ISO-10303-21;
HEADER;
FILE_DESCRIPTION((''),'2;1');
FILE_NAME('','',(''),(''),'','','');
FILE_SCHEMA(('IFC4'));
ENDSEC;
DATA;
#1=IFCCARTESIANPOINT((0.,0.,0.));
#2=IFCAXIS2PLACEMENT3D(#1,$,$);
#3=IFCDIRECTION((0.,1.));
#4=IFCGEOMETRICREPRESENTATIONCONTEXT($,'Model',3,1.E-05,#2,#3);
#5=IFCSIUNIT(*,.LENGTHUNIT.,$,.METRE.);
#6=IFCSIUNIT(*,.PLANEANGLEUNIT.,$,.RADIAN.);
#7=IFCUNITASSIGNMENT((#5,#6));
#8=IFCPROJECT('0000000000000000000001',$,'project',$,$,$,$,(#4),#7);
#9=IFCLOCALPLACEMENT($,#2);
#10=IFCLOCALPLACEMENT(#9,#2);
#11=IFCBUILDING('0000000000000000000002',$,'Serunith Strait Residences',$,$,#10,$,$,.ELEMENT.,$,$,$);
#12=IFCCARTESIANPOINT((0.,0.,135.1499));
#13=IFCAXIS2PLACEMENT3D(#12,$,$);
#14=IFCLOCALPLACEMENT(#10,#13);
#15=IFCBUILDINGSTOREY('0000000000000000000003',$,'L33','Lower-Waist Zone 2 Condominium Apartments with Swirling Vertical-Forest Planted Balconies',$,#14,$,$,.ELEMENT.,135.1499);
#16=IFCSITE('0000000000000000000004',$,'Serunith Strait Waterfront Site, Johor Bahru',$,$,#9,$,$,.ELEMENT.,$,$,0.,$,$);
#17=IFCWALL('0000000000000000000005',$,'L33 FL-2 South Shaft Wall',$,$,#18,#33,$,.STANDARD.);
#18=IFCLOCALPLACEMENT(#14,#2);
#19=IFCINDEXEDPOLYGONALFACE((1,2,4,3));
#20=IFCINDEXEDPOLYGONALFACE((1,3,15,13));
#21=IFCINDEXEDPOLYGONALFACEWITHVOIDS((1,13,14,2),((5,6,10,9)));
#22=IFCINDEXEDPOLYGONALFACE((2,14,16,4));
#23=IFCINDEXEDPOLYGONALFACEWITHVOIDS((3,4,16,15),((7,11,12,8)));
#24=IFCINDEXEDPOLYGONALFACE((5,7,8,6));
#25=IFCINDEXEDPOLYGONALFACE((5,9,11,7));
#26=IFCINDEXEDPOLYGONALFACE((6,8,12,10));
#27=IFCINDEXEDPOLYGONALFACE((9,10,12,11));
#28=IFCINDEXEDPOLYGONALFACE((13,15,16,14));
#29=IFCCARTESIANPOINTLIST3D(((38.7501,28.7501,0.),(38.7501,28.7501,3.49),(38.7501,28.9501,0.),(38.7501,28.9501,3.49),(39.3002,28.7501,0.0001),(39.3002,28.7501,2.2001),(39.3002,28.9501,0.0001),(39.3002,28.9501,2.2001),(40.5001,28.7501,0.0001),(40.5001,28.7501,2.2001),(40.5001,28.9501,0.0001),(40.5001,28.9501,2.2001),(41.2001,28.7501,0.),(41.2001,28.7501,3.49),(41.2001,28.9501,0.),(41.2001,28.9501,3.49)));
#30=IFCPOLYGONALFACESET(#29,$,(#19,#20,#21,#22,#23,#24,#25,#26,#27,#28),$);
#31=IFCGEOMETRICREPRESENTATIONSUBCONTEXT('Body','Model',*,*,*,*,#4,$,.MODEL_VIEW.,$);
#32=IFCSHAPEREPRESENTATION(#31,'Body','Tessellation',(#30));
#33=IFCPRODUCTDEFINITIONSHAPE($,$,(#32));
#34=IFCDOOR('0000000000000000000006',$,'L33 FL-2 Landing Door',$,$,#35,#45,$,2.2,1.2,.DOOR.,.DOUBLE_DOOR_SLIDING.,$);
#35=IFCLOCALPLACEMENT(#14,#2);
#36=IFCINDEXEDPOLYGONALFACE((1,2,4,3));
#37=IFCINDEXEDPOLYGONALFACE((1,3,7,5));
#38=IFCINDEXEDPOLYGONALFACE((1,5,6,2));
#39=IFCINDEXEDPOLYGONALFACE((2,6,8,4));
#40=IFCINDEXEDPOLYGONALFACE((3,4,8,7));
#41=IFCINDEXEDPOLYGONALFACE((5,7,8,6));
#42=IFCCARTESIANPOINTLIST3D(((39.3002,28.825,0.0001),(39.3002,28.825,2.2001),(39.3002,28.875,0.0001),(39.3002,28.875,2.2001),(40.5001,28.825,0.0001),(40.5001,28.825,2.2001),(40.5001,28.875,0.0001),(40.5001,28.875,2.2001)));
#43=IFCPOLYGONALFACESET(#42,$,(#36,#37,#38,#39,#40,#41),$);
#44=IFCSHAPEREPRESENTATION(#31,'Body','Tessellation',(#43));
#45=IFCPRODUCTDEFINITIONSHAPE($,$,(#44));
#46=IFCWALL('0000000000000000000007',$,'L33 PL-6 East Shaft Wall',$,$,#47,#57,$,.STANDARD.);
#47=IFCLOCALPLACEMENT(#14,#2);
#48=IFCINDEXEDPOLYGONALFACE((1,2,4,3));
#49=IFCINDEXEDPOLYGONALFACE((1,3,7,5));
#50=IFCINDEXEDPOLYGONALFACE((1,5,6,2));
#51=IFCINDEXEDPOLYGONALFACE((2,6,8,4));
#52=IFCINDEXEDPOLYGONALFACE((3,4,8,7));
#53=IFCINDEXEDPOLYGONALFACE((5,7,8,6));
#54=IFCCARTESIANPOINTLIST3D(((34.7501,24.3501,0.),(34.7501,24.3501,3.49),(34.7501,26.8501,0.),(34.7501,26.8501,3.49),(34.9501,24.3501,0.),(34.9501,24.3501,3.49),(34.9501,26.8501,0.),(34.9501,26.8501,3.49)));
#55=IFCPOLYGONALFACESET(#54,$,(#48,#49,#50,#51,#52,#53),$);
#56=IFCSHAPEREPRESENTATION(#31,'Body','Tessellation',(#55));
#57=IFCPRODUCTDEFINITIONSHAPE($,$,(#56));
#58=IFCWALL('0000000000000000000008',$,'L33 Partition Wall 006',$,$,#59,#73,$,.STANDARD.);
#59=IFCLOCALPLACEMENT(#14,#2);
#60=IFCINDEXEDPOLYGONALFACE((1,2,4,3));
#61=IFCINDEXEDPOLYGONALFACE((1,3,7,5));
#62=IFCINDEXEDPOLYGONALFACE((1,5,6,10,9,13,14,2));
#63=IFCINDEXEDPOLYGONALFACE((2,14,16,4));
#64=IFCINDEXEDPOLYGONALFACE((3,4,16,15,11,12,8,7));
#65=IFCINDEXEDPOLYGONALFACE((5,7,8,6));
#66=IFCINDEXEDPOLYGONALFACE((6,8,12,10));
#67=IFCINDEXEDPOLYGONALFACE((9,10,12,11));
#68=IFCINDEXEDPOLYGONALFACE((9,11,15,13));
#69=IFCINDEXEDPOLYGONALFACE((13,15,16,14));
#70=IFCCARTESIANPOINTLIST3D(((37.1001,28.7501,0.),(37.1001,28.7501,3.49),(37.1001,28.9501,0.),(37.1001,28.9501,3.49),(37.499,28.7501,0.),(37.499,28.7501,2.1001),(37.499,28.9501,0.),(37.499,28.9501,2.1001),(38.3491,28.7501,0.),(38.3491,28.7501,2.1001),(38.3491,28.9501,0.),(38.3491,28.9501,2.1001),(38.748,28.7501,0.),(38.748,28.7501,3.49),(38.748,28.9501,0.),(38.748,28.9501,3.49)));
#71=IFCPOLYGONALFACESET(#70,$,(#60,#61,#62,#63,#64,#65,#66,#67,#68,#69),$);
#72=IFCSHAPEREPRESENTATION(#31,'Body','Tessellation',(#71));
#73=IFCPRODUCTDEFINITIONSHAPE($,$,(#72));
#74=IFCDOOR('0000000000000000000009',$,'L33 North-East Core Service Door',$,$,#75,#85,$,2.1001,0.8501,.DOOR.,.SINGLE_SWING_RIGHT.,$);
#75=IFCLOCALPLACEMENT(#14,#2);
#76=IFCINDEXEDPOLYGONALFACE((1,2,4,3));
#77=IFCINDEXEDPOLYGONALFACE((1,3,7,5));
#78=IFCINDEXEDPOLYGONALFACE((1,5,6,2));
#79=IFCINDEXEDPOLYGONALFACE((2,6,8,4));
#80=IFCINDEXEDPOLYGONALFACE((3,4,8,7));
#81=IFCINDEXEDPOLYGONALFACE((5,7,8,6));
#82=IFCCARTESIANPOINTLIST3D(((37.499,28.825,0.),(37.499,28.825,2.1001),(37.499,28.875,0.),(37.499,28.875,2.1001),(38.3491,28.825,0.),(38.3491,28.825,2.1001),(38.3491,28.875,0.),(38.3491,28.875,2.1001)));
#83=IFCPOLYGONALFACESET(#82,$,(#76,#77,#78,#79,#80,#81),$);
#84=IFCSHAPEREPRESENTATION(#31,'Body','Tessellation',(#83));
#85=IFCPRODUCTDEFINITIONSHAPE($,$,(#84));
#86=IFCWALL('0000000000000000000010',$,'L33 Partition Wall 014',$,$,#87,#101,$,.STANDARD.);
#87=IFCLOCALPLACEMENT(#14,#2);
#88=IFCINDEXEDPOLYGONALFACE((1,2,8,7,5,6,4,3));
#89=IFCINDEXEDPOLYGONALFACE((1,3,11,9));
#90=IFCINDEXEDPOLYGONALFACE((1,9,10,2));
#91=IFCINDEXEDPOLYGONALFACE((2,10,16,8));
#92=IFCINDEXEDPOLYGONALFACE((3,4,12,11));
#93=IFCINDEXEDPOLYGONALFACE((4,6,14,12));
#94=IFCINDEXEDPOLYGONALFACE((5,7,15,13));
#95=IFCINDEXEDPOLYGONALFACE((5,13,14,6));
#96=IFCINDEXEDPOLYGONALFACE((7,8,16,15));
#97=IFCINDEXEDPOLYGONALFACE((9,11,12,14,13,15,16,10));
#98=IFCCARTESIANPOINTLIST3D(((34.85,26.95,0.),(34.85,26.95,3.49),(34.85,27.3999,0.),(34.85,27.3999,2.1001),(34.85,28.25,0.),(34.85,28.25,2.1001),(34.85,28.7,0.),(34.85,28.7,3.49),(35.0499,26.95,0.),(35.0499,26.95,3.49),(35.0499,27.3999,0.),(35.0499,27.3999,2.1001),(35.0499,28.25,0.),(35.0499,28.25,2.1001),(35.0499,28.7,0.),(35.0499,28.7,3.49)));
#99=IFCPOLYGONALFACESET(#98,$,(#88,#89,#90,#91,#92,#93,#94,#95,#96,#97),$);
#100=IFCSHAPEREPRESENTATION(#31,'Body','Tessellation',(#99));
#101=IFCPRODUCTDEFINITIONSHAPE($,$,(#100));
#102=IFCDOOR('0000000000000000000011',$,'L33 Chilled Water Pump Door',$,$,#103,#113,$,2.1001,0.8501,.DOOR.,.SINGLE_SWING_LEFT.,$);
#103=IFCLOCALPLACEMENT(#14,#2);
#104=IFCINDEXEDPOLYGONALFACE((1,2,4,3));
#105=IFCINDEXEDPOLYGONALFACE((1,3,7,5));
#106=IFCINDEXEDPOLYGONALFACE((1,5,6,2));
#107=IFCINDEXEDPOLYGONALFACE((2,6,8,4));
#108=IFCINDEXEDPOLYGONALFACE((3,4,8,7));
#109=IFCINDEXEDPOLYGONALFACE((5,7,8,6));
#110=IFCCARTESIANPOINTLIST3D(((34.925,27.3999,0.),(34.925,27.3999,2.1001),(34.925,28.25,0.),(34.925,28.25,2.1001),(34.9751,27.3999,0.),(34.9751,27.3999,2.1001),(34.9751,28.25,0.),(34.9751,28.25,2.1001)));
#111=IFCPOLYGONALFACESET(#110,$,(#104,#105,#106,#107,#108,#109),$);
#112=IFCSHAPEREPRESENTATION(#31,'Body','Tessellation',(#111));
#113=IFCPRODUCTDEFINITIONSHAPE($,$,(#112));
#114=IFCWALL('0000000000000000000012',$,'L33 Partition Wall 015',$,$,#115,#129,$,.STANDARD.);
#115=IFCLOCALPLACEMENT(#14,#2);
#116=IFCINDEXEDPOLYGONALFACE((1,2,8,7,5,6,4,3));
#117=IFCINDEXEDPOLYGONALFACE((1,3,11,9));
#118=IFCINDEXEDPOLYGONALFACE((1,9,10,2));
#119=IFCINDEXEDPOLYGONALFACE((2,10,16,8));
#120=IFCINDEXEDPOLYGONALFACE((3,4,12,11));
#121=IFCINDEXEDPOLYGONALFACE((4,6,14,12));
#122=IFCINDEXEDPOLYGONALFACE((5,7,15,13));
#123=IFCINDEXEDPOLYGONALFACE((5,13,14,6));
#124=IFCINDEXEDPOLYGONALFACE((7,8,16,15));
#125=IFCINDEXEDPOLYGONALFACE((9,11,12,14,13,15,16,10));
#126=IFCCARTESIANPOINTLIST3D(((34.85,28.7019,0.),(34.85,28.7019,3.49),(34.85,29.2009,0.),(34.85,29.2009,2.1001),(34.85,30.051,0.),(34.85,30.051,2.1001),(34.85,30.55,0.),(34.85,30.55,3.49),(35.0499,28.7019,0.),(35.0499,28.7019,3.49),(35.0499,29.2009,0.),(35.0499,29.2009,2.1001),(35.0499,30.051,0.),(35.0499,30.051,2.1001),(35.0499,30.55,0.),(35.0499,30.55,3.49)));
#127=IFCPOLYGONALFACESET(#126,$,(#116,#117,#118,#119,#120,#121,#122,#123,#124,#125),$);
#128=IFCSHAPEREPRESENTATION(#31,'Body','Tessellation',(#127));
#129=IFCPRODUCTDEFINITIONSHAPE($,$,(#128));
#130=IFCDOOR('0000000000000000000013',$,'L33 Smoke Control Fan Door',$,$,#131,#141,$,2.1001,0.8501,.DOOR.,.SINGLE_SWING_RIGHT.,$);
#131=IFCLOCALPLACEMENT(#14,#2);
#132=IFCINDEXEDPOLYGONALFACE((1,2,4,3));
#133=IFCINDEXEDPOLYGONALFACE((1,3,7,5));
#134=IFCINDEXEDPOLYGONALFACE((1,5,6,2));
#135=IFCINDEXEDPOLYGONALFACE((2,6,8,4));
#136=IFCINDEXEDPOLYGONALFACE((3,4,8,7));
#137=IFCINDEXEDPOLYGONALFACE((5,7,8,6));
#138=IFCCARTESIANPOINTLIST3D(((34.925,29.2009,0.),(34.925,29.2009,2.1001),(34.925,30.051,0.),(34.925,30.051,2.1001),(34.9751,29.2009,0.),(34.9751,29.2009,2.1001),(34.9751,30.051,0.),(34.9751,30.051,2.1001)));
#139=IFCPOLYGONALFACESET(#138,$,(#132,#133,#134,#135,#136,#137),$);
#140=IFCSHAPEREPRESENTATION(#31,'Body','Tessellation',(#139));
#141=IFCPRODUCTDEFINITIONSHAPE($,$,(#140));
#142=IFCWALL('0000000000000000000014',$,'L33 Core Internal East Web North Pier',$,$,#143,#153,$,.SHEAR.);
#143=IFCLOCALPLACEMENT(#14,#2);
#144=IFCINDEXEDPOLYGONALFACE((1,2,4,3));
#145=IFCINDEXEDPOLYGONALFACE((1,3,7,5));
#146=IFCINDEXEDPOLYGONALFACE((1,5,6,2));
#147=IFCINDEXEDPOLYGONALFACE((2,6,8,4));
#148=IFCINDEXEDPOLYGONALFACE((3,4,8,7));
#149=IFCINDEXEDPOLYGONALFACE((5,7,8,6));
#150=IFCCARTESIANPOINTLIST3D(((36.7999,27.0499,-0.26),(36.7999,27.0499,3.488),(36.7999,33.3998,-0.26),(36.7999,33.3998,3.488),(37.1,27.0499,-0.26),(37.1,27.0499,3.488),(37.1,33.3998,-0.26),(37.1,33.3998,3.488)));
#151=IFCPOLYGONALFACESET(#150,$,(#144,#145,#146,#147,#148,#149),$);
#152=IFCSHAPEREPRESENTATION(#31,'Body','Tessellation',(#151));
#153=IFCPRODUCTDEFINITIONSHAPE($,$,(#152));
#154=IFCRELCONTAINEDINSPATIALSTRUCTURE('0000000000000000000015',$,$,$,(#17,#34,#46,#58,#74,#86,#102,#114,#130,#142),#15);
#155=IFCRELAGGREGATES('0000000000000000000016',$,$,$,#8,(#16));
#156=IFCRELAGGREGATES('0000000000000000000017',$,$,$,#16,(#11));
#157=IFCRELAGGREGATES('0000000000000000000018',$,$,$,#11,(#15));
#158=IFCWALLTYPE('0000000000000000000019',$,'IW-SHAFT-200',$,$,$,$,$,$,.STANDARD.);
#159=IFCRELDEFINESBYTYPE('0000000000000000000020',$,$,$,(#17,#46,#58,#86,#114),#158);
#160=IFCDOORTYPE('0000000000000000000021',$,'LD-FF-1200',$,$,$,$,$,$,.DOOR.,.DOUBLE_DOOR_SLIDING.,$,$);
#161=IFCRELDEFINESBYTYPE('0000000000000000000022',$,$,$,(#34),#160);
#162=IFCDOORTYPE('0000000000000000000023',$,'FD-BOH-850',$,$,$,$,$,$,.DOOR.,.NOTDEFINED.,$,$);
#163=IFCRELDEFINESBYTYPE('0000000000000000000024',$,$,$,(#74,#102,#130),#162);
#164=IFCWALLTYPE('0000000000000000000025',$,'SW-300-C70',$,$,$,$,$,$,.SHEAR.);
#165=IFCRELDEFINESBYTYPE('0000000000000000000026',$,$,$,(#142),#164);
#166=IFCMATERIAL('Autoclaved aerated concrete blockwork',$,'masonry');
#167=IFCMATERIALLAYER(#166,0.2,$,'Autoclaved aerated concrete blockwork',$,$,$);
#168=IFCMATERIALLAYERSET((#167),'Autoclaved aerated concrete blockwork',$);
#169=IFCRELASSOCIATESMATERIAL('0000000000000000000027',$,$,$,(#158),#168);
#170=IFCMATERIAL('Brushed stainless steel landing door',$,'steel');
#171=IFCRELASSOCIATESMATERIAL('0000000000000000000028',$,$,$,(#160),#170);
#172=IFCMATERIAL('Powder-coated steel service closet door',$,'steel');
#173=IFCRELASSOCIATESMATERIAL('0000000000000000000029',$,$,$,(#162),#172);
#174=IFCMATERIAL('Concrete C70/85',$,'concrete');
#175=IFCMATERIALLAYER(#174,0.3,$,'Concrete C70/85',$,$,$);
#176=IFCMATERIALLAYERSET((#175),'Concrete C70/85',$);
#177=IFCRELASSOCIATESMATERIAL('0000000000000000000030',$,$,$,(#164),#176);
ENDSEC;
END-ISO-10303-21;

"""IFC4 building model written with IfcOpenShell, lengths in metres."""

from ifc_helpers import new_model, si_unit, direction, frame, frame_2d, origin, place, context, subcontext, project, spatial, rectangle, extrude, source, transform, mapped, material, layer, layer_set, type_object, element, fill, save


model = new_model("IFC4")

# Units and contexts
model_context = context("Model", 3, precision=1e-05, world=origin(), true_north=direction((0.0, 1.0)))
body_context = subcontext(model_context, "Body", "Model", "MODEL_VIEW")
ifc_project = project(units=[si_unit("LENGTHUNIT", "METRE"), si_unit("PLANEANGLEUNIT", "RADIAN")], contexts=[model_context])

# Site, building, storey
site_placement = place(None, origin())
site = spatial("IfcSite", under=ifc_project, at=site_placement, Name="Serunith Strait Waterfront Site, Johor Bahru", CompositionType="ELEMENT", RefElevation=0.0)
building_placement = place(site_placement, origin())
building = spatial("IfcBuilding", under=site, at=building_placement, Name="Serunith Strait Residences", CompositionType="ELEMENT")
storey_placement = place(building_placement, frame((0.0, 0.0, 135.1499)))
storey = spatial("IfcBuildingStorey", under=building, at=storey_placement, Name="L33", Description="Lower-Waist Zone 2 Condominium Apartments with Swirling Vertical-Forest Planted Balconies", CompositionType="ELEMENT", Elevation=135.1499)

# Wall, opening, door
ifc_material_1 = material(Name="Autoclaved aerated concrete blockwork", Category="masonry")
ifc_layer_1 = layer(ifc_material_1, 0.2, Name="Autoclaved aerated concrete blockwork")
ifc_layer_set_1 = layer_set([ifc_layer_1], Name="Autoclaved aerated concrete blockwork")
wall_type_1 = type_object("IfcWallType", Name="IW-SHAFT-200", PredefinedType="STANDARD", material=ifc_layer_set_1)
wall_1_placement = place(storey_placement, frame((38.75, 28.8501, 0.0), z_axis=(0.0, 0.0, 1.0), x_axis=(1.0, 0.0, 0.0)))
wall_1 = element("IfcWall", 1, at=wall_1_placement, inside=storey, type_object=wall_type_1, Name="L33 FL-2 South Shaft Wall", PredefinedType="STANDARD", context=body_context, shape_type="SweptSolid", body=[
    extrude(rectangle(XDim=2.45, YDim=0.2, at=frame_2d((1.2251, 0.0))), origin(), (0.0, 0.0, 1.0), 3.49),
])
opening_1_placement = place(wall_1_placement, frame((0.55, 0.0, 0.0)))
opening_1 = element("IfcOpeningElement", 2, at=opening_1_placement, cuts=wall_1, PredefinedType="OPENING", context=body_context, shape_type="SweptSolid", body=[
    extrude(rectangle(XDim=1.2, YDim=2.2, at=frame_2d((0.6001, 1.1001))), frame((0.0, 0.1099, 0.0), z_axis=(0.0, -1.0, 0.0), x_axis=(1.0, 0.0, 0.0)), (0.0, 0.0, 1.0), 0.22),
])
ifc_material_2 = material(Name="Brushed stainless steel landing door", Category="steel")
door_type_1 = type_object("IfcDoorType", Name="LD-FF-1200", OperationType="DOUBLE_DOOR_SLIDING", PredefinedType="DOOR", material=ifc_material_2)
shared_shape_1 = source(origin(), body_context, "Body", "SweptSolid", [
    extrude(rectangle(XDim=1.2, YDim=2.2, at=frame_2d((0.6001, 1.1001))), frame((0.0, 0.0249, 0.0), z_axis=(0.0, -1.0, 0.0), x_axis=(1.0, 0.0, 0.0)), (0.0, 0.0, 1.0), 0.05),
])
door_1_placement = place(opening_1_placement, origin())
door_1 = element("IfcDoor", 3, at=door_1_placement, inside=storey, type_object=door_type_1, Name="L33 FL-2 Landing Door", OperationType="DOUBLE_DOOR_SLIDING", OverallHeight=2.2, OverallWidth=1.2, PredefinedType="DOOR", context=body_context, shape_type="MappedRepresentation", body=[
    mapped(shared_shape_1, transform((0.0, 0.0, 0.0), scale=1.0)),
])
fill(opening_1, door_1)

# Wall
wall_2_placement = place(storey_placement, frame((34.8501, 24.3501, 0.0), z_axis=(0.0, 0.0, 1.0), x_axis=(0.0, 1.0, 0.0)))
element("IfcWall", 4, at=wall_2_placement, inside=storey, type_object=wall_type_1, Name="L33 PL-6 East Shaft Wall", PredefinedType="STANDARD", context=body_context, shape_type="SweptSolid", body=[
    extrude(rectangle(XDim=2.5, YDim=0.2, at=frame_2d((1.25, 0.0))), origin(), (0.0, 0.0, 1.0), 3.49),
])

# Walls, openings, doors
wall_3_placement = place(storey_placement, frame((37.1001, 28.8501, 0.0), z_axis=(0.0, 0.0, 1.0), x_axis=(1.0, 0.0, 0.0)))
wall_3 = element("IfcWall", 5, at=wall_3_placement, inside=storey, type_object=wall_type_1, Name="L33 Partition Wall 006", PredefinedType="STANDARD", context=body_context, shape_type="SweptSolid", body=[
    extrude(rectangle(XDim=1.6479, YDim=0.2, at=frame_2d((0.824, 0.0))), origin(), (0.0, 0.0, 1.0), 3.49),
])
opening_2_placement = place(wall_3_placement, frame((0.3989, 0.0, 0.0)))
opening_2 = element("IfcOpeningElement", 6, at=opening_2_placement, cuts=wall_3, PredefinedType="OPENING", context=body_context, shape_type="SweptSolid", body=[
    extrude(rectangle(XDim=0.8501, YDim=2.1001, at=frame_2d((0.425, 1.05))), frame((0.0, 0.1099, 0.0), z_axis=(0.0, -1.0, 0.0), x_axis=(1.0, 0.0, 0.0)), (0.0, 0.0, 1.0), 0.22),
])
ifc_material_3 = material(Name="Powder-coated steel service closet door", Category="steel")
door_type_2 = type_object("IfcDoorType", Name="FD-BOH-850", OperationType="NOTDEFINED", PredefinedType="DOOR", material=ifc_material_3)
shared_shape_2 = source(origin(), body_context, "Body", "SweptSolid", [
    extrude(rectangle(XDim=0.8501, YDim=2.1001, at=frame_2d((0.425, 1.05))), frame((0.0, 0.0249, 0.0), z_axis=(0.0, -1.0, 0.0), x_axis=(1.0, 0.0, 0.0)), (0.0, 0.0, 1.0), 0.05),
])
door_2_placement = place(opening_2_placement, origin())
door_2 = element("IfcDoor", 7, at=door_2_placement, inside=storey, type_object=door_type_2, Name="L33 North-East Core Service Door", OperationType="SINGLE_SWING_RIGHT", OverallHeight=2.1001, OverallWidth=0.8501, PredefinedType="DOOR", context=body_context, shape_type="MappedRepresentation", body=[
    mapped(shared_shape_2, transform((0.0, 0.0, 0.0), scale=1.0)),
])
fill(opening_2, door_2)
wall_4_placement = place(storey_placement, frame((34.95, 26.95, 0.0), z_axis=(0.0, 0.0, 1.0), x_axis=(0.0, 1.0, 0.0)))
wall_4 = element("IfcWall", 8, at=wall_4_placement, inside=storey, type_object=wall_type_1, Name="L33 Partition Wall 014", PredefinedType="STANDARD", context=body_context, shape_type="SweptSolid", body=[
    extrude(rectangle(XDim=1.75, YDim=0.2, at=frame_2d((0.875, 0.0))), origin(), (0.0, 0.0, 1.0), 3.49),
])
opening_3_placement = place(wall_4_placement, frame((0.45, 0.0, 0.0)))
opening_3 = element("IfcOpeningElement", 9, at=opening_3_placement, cuts=wall_4, PredefinedType="OPENING", context=body_context, shape_type="SweptSolid", body=[
    extrude(rectangle(XDim=0.8501, YDim=2.1001, at=frame_2d((0.425, 1.05))), frame((0.0, 0.1099, 0.0), z_axis=(0.0, -1.0, 0.0), x_axis=(1.0, 0.0, 0.0)), (0.0, 0.0, 1.0), 0.22),
])
door_3_placement = place(opening_3_placement, origin())
door_3 = element("IfcDoor", 10, at=door_3_placement, inside=storey, type_object=door_type_2, Name="L33 Chilled Water Pump Door", OperationType="SINGLE_SWING_LEFT", OverallHeight=2.1001, OverallWidth=0.8501, PredefinedType="DOOR", context=body_context, shape_type="MappedRepresentation", body=[
    mapped(shared_shape_2, transform((0.0, 0.0, 0.0), scale=1.0)),
])
fill(opening_3, door_3)
wall_5_placement = place(storey_placement, frame((34.95, 28.7019, 0.0), z_axis=(0.0, 0.0, 1.0), x_axis=(0.0, 1.0, 0.0)))
wall_5 = element("IfcWall", 11, at=wall_5_placement, inside=storey, type_object=wall_type_1, Name="L33 Partition Wall 015", PredefinedType="STANDARD", context=body_context, shape_type="SweptSolid", body=[
    extrude(rectangle(XDim=1.8481, YDim=0.2, at=frame_2d((0.9241, 0.0))), origin(), (0.0, 0.0, 1.0), 3.49),
])
opening_4_placement = place(wall_5_placement, frame((0.499, 0.0, 0.0)))
opening_4 = element("IfcOpeningElement", 12, at=opening_4_placement, cuts=wall_5, PredefinedType="OPENING", context=body_context, shape_type="SweptSolid", body=[
    extrude(rectangle(XDim=0.8501, YDim=2.1001, at=frame_2d((0.425, 1.05))), frame((0.0, 0.1099, 0.0), z_axis=(0.0, -1.0, 0.0), x_axis=(1.0, 0.0, 0.0)), (0.0, 0.0, 1.0), 0.22),
])
door_4_placement = place(opening_4_placement, origin())
door_4 = element("IfcDoor", 13, at=door_4_placement, inside=storey, type_object=door_type_2, Name="L33 Smoke Control Fan Door", OperationType="SINGLE_SWING_RIGHT", OverallHeight=2.1001, OverallWidth=0.8501, PredefinedType="DOOR", context=body_context, shape_type="MappedRepresentation", body=[
    mapped(shared_shape_2, transform((0.0, 0.0, 0.0), scale=1.0)),
])
fill(opening_4, door_4)

# Wall
ifc_material_4 = material(Name="Concrete C70/85", Category="concrete")
ifc_layer_2 = layer(ifc_material_4, 0.3, Name="Concrete C70/85")
ifc_layer_set_2 = layer_set([ifc_layer_2], Name="Concrete C70/85")
wall_type_2 = type_object("IfcWallType", Name="SW-300-C70", PredefinedType="SHEAR", material=ifc_layer_set_2)
wall_6_placement = place(storey_placement, frame((36.95, 27.05, -0.26), z_axis=(0.0, 0.0, 1.0), x_axis=(0.0, 1.0, 0.0)))
element("IfcWall", 14, at=wall_6_placement, inside=storey, type_object=wall_type_2, Name="L33 Core Internal East Web North Pier", PredefinedType="SHEAR", context=body_context, shape_type="SweptSolid", body=[
    extrude(rectangle(XDim=6.3499, YDim=0.3, at=frame_2d((3.1748, 0.0))), origin(), (0.0, 0.0, 1.0), 3.748),
])

save(model, "model.ifc")
